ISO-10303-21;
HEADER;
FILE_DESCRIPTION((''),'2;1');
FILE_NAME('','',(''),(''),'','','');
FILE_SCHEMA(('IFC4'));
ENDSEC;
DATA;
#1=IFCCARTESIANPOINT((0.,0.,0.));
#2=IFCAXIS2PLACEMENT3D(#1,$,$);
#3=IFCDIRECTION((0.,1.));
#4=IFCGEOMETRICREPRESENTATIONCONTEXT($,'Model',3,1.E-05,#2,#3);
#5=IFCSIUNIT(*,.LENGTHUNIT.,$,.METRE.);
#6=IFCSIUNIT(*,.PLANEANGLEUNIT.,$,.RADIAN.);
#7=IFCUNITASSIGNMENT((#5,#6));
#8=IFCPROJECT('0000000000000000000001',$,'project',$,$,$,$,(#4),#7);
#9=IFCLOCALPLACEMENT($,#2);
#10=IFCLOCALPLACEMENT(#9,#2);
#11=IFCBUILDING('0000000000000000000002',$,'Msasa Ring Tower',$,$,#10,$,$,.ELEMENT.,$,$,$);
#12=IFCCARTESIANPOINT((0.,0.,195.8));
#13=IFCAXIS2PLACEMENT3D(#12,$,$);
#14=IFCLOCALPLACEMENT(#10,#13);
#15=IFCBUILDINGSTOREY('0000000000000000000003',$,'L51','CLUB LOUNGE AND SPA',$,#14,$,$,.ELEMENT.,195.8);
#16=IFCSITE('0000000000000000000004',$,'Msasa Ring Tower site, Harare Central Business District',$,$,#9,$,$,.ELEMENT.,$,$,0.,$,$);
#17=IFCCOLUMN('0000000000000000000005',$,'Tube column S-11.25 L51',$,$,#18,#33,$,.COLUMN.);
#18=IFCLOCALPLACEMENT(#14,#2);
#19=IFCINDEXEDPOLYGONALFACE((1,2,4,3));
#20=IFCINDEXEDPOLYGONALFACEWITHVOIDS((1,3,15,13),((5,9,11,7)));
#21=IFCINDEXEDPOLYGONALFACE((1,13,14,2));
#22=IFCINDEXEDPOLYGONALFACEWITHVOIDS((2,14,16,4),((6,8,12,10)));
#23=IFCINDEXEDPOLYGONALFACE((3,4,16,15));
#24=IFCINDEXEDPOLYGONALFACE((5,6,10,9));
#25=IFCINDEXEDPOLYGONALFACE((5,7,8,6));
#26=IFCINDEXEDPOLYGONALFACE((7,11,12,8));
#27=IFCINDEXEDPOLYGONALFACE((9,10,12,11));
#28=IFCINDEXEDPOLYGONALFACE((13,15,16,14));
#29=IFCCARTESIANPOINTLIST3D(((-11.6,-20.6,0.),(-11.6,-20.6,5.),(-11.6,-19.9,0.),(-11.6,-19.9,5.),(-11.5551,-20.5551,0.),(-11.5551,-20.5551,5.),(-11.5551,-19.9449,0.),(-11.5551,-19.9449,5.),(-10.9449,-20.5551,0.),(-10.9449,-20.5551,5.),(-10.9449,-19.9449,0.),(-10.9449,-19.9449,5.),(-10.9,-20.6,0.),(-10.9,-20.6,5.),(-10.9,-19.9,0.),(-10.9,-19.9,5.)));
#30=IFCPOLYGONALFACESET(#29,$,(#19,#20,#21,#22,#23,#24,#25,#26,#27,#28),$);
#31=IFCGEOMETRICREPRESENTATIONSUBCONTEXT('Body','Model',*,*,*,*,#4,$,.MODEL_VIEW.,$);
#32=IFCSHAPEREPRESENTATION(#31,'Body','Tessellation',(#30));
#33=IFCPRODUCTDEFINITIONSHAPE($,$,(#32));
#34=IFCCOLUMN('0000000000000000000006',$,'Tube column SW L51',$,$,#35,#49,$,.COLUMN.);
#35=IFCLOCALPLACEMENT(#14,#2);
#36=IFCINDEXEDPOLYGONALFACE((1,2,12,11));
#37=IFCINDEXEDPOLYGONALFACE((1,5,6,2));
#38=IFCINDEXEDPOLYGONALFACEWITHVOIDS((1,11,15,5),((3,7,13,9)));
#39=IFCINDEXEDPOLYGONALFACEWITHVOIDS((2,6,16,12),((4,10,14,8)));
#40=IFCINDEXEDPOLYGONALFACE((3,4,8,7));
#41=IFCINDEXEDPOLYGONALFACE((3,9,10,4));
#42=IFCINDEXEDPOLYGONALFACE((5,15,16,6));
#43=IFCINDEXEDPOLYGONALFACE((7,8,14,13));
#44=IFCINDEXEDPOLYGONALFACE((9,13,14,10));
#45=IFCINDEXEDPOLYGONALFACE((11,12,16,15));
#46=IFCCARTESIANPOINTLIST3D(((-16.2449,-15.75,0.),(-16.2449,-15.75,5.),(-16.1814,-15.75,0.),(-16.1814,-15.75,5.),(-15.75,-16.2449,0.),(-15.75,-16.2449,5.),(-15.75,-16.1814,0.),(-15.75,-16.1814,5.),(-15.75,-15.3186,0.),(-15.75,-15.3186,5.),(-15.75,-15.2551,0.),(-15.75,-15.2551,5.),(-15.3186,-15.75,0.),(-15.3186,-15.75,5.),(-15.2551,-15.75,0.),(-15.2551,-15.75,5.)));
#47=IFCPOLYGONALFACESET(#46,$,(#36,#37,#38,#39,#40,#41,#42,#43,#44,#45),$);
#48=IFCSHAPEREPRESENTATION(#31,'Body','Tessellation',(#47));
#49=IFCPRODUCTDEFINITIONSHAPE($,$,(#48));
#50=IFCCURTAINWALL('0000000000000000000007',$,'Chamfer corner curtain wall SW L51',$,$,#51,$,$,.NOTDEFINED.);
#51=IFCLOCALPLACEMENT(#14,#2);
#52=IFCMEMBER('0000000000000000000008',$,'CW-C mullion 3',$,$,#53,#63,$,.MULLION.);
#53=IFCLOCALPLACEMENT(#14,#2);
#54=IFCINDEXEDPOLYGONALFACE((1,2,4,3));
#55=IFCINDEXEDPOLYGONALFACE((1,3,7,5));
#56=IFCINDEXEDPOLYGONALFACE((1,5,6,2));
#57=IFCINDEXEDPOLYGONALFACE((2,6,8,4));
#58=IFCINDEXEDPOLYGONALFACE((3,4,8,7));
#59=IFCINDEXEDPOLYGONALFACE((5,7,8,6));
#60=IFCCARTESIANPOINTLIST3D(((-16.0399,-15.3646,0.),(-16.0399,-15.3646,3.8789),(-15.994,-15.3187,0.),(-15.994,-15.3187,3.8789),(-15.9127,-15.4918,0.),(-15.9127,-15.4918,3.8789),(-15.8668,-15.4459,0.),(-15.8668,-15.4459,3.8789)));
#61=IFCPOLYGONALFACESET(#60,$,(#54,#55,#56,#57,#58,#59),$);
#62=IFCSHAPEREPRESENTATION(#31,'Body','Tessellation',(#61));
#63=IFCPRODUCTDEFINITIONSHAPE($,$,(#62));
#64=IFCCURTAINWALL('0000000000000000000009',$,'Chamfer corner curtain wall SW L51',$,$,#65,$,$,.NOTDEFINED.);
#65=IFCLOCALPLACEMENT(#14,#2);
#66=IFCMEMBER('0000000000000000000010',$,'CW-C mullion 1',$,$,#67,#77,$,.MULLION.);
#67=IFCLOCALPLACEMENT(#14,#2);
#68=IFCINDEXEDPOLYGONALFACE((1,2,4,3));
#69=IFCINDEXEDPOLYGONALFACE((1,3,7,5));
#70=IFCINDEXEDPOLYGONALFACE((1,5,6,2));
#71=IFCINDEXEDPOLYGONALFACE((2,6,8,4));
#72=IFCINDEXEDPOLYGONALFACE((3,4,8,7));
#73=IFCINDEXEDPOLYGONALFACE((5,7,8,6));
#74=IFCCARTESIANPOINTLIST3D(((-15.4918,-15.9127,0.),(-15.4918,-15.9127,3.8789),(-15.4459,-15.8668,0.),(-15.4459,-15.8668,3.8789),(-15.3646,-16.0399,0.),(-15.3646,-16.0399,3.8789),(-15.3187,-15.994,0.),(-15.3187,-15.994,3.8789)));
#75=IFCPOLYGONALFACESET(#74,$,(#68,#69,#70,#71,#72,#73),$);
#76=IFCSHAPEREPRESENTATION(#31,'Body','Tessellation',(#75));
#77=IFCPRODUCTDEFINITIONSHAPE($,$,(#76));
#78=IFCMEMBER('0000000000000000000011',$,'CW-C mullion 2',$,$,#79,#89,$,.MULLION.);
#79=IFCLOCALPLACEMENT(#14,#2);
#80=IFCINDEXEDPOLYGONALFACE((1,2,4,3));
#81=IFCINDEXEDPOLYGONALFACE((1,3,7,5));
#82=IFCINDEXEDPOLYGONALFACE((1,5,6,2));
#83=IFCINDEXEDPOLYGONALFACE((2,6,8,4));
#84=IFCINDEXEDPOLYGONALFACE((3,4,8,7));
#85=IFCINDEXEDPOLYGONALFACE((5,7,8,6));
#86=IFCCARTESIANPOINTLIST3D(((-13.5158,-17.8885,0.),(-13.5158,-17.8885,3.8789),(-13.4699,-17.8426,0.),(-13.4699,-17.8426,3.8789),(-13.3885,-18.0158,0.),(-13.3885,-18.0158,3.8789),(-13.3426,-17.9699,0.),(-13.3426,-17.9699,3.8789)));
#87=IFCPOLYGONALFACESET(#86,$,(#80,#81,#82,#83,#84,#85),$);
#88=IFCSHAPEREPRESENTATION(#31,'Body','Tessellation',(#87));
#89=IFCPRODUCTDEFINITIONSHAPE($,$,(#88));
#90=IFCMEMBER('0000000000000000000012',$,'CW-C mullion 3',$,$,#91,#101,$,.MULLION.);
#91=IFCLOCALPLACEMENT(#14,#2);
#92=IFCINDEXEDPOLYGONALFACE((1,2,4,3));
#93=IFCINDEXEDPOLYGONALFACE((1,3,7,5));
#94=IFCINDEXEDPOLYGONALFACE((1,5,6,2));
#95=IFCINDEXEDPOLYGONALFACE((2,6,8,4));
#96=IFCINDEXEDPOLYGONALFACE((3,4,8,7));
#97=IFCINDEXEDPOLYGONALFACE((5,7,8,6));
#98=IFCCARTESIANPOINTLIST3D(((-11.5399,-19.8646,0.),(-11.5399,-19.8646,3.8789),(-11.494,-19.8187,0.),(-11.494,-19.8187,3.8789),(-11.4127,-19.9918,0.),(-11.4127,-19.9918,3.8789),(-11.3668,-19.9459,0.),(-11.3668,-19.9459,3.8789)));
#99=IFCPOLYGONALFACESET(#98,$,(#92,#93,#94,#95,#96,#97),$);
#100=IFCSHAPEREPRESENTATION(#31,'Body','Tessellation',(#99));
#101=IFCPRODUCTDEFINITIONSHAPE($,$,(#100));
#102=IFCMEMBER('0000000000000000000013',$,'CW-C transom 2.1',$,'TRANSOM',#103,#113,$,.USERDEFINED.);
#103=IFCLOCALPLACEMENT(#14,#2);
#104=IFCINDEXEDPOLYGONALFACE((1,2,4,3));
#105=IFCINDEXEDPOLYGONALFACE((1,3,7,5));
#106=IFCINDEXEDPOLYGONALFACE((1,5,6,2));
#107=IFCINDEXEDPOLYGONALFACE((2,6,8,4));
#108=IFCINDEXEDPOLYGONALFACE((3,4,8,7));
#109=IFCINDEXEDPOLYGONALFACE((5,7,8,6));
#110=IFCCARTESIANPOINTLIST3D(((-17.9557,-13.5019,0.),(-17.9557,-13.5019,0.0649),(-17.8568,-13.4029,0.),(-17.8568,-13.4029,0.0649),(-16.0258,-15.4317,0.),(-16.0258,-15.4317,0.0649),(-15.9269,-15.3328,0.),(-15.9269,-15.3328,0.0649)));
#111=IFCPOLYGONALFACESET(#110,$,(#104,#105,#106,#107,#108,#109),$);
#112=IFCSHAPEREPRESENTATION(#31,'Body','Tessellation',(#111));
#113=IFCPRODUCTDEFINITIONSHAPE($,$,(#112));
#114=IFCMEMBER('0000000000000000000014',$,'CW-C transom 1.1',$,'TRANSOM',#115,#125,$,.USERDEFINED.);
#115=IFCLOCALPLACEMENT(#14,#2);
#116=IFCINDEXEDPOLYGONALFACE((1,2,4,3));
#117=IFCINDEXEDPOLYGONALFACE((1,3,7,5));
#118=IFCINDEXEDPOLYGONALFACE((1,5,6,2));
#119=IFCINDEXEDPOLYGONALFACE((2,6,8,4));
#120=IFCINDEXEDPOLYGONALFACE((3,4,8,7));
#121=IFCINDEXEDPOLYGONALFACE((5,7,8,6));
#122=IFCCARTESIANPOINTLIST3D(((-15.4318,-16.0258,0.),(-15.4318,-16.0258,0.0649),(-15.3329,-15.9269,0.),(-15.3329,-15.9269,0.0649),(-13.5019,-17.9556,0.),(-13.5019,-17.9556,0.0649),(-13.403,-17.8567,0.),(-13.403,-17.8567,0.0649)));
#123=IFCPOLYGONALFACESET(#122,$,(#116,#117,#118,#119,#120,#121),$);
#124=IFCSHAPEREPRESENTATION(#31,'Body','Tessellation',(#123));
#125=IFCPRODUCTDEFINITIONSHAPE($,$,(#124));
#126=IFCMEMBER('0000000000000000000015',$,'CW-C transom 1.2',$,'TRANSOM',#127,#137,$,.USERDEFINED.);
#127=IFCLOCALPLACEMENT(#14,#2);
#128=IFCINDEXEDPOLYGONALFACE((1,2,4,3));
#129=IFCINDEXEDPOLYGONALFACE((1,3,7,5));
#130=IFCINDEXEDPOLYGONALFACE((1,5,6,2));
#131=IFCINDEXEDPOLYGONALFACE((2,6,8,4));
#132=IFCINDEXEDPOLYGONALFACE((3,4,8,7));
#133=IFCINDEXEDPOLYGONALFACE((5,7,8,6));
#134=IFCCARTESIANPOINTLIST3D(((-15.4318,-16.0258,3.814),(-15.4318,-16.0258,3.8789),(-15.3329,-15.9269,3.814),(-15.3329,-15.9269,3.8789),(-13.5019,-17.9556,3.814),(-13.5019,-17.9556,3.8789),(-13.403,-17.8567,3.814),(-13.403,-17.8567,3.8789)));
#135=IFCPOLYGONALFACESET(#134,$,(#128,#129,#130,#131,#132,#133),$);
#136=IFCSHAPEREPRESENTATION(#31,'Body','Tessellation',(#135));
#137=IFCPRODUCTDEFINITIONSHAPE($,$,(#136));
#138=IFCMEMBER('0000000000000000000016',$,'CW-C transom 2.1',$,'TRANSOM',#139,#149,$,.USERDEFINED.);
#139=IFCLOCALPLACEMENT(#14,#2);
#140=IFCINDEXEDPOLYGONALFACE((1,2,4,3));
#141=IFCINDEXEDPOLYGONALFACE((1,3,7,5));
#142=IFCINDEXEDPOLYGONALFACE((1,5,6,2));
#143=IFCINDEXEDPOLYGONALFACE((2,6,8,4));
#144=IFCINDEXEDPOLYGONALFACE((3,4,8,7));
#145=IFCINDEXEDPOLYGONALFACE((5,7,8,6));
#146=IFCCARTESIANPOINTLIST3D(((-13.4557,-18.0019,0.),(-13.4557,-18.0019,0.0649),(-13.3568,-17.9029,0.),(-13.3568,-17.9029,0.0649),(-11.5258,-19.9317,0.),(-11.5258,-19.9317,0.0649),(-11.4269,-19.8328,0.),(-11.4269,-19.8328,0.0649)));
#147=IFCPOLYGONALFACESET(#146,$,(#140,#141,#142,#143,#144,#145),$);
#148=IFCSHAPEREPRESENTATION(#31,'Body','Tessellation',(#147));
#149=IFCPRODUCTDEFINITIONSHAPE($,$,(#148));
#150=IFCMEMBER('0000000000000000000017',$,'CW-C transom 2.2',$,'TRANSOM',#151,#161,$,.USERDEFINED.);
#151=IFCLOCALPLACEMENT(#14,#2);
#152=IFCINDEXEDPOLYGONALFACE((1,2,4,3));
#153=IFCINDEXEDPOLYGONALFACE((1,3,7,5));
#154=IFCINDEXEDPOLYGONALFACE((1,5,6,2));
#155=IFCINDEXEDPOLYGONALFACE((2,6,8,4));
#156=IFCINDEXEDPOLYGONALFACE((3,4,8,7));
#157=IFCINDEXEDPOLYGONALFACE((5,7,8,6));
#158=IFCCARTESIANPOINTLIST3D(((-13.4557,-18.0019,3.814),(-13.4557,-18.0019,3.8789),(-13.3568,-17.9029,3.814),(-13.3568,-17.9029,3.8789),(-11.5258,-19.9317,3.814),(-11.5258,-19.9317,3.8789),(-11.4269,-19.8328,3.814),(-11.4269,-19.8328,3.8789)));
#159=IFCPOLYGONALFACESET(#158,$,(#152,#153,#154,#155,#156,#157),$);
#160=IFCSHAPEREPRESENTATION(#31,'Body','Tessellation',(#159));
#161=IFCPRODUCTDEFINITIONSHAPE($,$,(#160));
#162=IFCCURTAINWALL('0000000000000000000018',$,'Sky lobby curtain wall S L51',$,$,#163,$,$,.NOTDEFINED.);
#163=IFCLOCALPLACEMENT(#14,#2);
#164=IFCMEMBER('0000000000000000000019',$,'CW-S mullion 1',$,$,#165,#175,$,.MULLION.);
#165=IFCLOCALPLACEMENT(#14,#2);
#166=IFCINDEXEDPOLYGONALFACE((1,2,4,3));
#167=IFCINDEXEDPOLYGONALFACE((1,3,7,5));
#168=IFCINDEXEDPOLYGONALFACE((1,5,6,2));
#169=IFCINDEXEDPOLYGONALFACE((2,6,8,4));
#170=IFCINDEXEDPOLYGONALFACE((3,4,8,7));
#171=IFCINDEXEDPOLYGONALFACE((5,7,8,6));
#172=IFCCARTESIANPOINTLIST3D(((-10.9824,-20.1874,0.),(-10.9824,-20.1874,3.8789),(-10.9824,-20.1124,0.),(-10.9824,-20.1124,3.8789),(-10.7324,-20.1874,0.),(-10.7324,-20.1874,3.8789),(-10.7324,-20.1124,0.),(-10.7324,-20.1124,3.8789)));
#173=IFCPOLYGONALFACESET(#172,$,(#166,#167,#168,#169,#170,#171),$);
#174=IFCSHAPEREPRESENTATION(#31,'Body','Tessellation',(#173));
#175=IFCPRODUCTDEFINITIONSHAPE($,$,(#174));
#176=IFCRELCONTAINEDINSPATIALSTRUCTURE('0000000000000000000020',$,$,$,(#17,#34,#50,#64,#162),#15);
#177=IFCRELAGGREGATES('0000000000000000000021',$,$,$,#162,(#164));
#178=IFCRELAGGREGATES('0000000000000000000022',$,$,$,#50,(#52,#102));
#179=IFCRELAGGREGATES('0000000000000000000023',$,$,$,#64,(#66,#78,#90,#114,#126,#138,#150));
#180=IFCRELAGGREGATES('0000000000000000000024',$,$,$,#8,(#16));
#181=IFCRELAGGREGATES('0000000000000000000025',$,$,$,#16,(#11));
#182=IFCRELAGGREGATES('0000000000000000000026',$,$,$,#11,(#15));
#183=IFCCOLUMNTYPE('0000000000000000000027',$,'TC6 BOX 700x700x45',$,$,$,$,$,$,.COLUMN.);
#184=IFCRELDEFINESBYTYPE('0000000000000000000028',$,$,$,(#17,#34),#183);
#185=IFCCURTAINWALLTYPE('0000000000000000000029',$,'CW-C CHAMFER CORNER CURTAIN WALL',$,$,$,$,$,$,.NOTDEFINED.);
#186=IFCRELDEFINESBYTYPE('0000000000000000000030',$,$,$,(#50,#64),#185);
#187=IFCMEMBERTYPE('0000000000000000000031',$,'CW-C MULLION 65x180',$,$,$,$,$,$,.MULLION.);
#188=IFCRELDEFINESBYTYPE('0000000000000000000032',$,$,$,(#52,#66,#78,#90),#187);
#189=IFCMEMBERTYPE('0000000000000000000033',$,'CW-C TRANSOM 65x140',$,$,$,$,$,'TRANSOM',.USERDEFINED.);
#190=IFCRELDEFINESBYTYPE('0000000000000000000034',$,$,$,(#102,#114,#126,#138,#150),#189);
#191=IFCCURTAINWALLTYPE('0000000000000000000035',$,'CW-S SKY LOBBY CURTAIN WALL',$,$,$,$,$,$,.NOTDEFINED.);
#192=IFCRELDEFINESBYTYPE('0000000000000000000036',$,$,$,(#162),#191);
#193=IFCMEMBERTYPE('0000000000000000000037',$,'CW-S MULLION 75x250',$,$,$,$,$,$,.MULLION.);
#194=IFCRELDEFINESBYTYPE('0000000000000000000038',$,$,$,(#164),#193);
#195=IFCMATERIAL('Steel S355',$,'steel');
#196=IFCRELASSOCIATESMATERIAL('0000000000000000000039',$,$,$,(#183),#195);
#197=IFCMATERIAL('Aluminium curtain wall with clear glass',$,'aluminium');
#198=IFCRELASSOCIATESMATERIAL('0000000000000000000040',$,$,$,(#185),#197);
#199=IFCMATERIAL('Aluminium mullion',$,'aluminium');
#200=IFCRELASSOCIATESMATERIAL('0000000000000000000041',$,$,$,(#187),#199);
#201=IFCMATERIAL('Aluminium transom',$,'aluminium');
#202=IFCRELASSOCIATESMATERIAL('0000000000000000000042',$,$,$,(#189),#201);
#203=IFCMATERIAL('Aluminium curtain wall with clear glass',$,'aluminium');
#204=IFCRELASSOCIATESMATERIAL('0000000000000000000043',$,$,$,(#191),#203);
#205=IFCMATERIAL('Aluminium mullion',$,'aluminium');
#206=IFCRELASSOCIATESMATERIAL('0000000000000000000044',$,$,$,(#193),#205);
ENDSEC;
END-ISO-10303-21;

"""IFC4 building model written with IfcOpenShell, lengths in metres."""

from ifc_helpers import new_model, si_unit, direction, frame, origin, origin_2d, place, context, subcontext, project, spatial, rectangle, hollow_rectangle, extrude, material, material_profile, profile_set, type_object, element, aggregate, save


model = new_model("IFC4")

# Units and contexts
model_context = context("Model", 3, precision=1e-05, world=origin(), true_north=direction((0.0, 1.0)))
body_context = subcontext(model_context, "Body", "Model", "MODEL_VIEW")
ifc_project = project(units=[si_unit("LENGTHUNIT", "METRE"), si_unit("PLANEANGLEUNIT", "RADIAN")], contexts=[model_context])

# Site, building, storey
site_placement = place(None, origin())
site = spatial("IfcSite", under=ifc_project, at=site_placement, Name="Msasa Ring Tower site, Harare Central Business District", CompositionType="ELEMENT", RefElevation=0.0)
building_placement = place(site_placement, origin())
building = spatial("IfcBuilding", under=site, at=building_placement, Name="Msasa Ring Tower", CompositionType="ELEMENT")
storey_placement = place(building_placement, frame((0.0, 0.0, 195.8)))
storey = spatial("IfcBuildingStorey", under=building, at=storey_placement, Name="L51", Description="CLUB LOUNGE AND SPA", CompositionType="ELEMENT", Elevation=195.8)

# Columns
ifc_material_1 = material(Name="Steel S355", Category="steel")
ifc_material_profile_1 = material_profile(ifc_material_1, hollow_rectangle(XDim=0.7, YDim=0.7, WallThickness=0.0449, at=origin_2d()), Name="BOX 700x700x45")
ifc_profile_set_1 = profile_set([ifc_material_profile_1], Name="Steel S355")
column_type = type_object("IfcColumnType", Name="TC6 BOX 700x700x45", PredefinedType="COLUMN", material=ifc_profile_set_1)
for number, where, z_axis, x_axis, name in (
    (1, (-11.25, -20.25, 0.0), (0.0, 0.0, 1.0), (0.0, 1.0, 0.0), "Tube column S-11.25 L51"),
    (2, (-15.75, -15.75, 0.0), (0.0, 0.0, 1.0), (0.707107, 0.707107, 0.0), "Tube column SW L51"),
):
    element("IfcColumn", number, at=place(storey_placement, frame(where, z_axis=z_axis, x_axis=x_axis)), inside=storey, type_object=column_type, Name=name, PredefinedType="COLUMN", context=body_context, shape_type="SweptSolid", body=[
        extrude(hollow_rectangle(XDim=0.7, YDim=0.7, WallThickness=0.0449, at=origin_2d()), origin(), (0.0, 0.0, 1.0), 5.0),
    ])

# Curtain wall, member
ifc_material_2 = material(Name="Aluminium curtain wall with clear glass", Category="aluminium")
curtain_wall_type_1 = type_object("IfcCurtainWallType", Name="CW-C CHAMFER CORNER CURTAIN WALL", PredefinedType="NOTDEFINED", material=ifc_material_2)
curtain_wall_1_placement = place(storey_placement, origin())
curtain_wall_1 = element("IfcCurtainWall", 3, at=curtain_wall_1_placement, inside=storey, type_object=curtain_wall_type_1, Name="Chamfer corner curtain wall SW L51", PredefinedType="NOTDEFINED")
ifc_material_3 = material(Name="Aluminium mullion", Category="aluminium")
ifc_material_profile_2 = material_profile(ifc_material_3, rectangle(XDim=0.0649, YDim=0.1799, at=origin_2d()), Name="AL 65x180")
ifc_profile_set_2 = profile_set([ifc_material_profile_2], Name="Aluminium mullion")
member_type_1 = type_object("IfcMemberType", Name="CW-C MULLION 65x180", PredefinedType="MULLION", material=ifc_profile_set_2)
member_1_placement = place(storey_placement, frame((-15.9534, -15.4053, 0.0), z_axis=(0.0, 0.0, 1.0), x_axis=(0.707107, 0.707107, 0.0)))
member_1 = element("IfcMember", 4, at=member_1_placement, type_object=member_type_1, Name="CW-C mullion 3", PredefinedType="MULLION", context=body_context, shape_type="SweptSolid", body=[
    extrude(rectangle(XDim=0.0649, YDim=0.1799, at=origin_2d()), origin(), (0.0, 0.0, 1.0), 3.8789),
])

# Curtain wall, members
curtain_wall_2_placement = place(storey_placement, origin())
curtain_wall_2 = element("IfcCurtainWall", 5, at=curtain_wall_2_placement, inside=storey, type_object=curtain_wall_type_1, Name="Chamfer corner curtain wall SW L51", PredefinedType="NOTDEFINED")
member_2_placement = place(storey_placement, frame((-15.4053, -15.9534, 0.0), z_axis=(0.0, 0.0, 1.0), x_axis=(0.707107, 0.707107, 0.0)))
member_2 = element("IfcMember", 6, at=member_2_placement, type_object=member_type_1, Name="CW-C mullion 1", PredefinedType="MULLION", context=body_context, shape_type="SweptSolid", body=[
    extrude(rectangle(XDim=0.0649, YDim=0.1799, at=origin_2d()), origin(), (0.0, 0.0, 1.0), 3.8789),
])
member_3_placement = place(storey_placement, frame((-13.4292, -17.9292, 0.0), z_axis=(0.0, 0.0, 1.0), x_axis=(0.707107, 0.707107, 0.0)))
member_3 = element("IfcMember", 7, at=member_3_placement, type_object=member_type_1, Name="CW-C mullion 2", PredefinedType="MULLION", context=body_context, shape_type="SweptSolid", body=[
    extrude(rectangle(XDim=0.0649, YDim=0.1799, at=origin_2d()), origin(), (0.0, 0.0, 1.0), 3.8789),
])
member_4_placement = place(storey_placement, frame((-11.4534, -19.9053, 0.0), z_axis=(0.0, 0.0, 1.0), x_axis=(0.707107, 0.707107, 0.0)))
member_4 = element("IfcMember", 8, at=member_4_placement, type_object=member_type_1, Name="CW-C mullion 3", PredefinedType="MULLION", context=body_context, shape_type="SweptSolid", body=[
    extrude(rectangle(XDim=0.0649, YDim=0.1799, at=origin_2d()), origin(), (0.0, 0.0, 1.0), 3.8789),
])

# Members
ifc_material_4 = material(Name="Aluminium transom", Category="aluminium")
ifc_material_profile_3 = material_profile(ifc_material_4, rectangle(XDim=0.1399, YDim=0.0649, at=origin_2d()), Name="AL 65x140")
ifc_profile_set_3 = profile_set([ifc_material_profile_3], Name="Aluminium transom")
member_type_2 = type_object("IfcMemberType", Name="CW-C TRANSOM 65x140", ElementType="TRANSOM", PredefinedType="USERDEFINED", material=ifc_profile_set_3)
member_5_placement = place(storey_placement, frame((-17.9062, -13.4524, 0.0325), z_axis=(0.707107, -0.707107, 0.0), x_axis=(0.707107, 0.707107, 0.0)))
member_5 = element("IfcMember", 9, at=member_5_placement, type_object=member_type_2, Name="CW-C transom 2.1", ObjectType="TRANSOM", PredefinedType="USERDEFINED", context=body_context, shape_type="SweptSolid", body=[
    extrude(rectangle(XDim=0.1399, YDim=0.0649, at=origin_2d()), origin(), (0.0, 0.0, 1.0), 2.7292),
])
member_6_placement = place(storey_placement, frame((-15.3823, -15.9763, 0.0325), z_axis=(0.707107, -0.707107, 0.0), x_axis=(0.707107, 0.707107, 0.0)))
member_6 = element("IfcMember", 10, at=member_6_placement, type_object=member_type_2, Name="CW-C transom 1.1", ObjectType="TRANSOM", PredefinedType="USERDEFINED", context=body_context, shape_type="SweptSolid", body=[
    extrude(rectangle(XDim=0.1399, YDim=0.0649, at=origin_2d()), origin(), (0.0, 0.0, 1.0), 2.7292),
])
member_7_placement = place(storey_placement, frame((-15.3823, -15.9763, 3.8464), z_axis=(0.707107, -0.707107, 0.0), x_axis=(0.707107, 0.707107, 0.0)))
member_7 = element("IfcMember", 11, at=member_7_placement, type_object=member_type_2, Name="CW-C transom 1.2", ObjectType="TRANSOM", PredefinedType="USERDEFINED", context=body_context, shape_type="SweptSolid", body=[
    extrude(rectangle(XDim=0.1399, YDim=0.0649, at=origin_2d()), origin(), (0.0, 0.0, 1.0), 2.7292),
])
member_8_placement = place(storey_placement, frame((-13.4062, -17.9524, 0.0325), z_axis=(0.707107, -0.707107, 0.0), x_axis=(0.707107, 0.707107, 0.0)))
member_8 = element("IfcMember", 12, at=member_8_placement, type_object=member_type_2, Name="CW-C transom 2.1", ObjectType="TRANSOM", PredefinedType="USERDEFINED", context=body_context, shape_type="SweptSolid", body=[
    extrude(rectangle(XDim=0.1399, YDim=0.0649, at=origin_2d()), origin(), (0.0, 0.0, 1.0), 2.7292),
])
member_9_placement = place(storey_placement, frame((-13.4062, -17.9524, 3.8464), z_axis=(0.707107, -0.707107, 0.0), x_axis=(0.707107, 0.707107, 0.0)))
member_9 = element("IfcMember", 13, at=member_9_placement, type_object=member_type_2, Name="CW-C transom 2.2", ObjectType="TRANSOM", PredefinedType="USERDEFINED", context=body_context, shape_type="SweptSolid", body=[
    extrude(rectangle(XDim=0.1399, YDim=0.0649, at=origin_2d()), origin(), (0.0, 0.0, 1.0), 2.7292),
])

# Curtain wall, member
ifc_material_5 = material(Name="Aluminium curtain wall with clear glass", Category="aluminium")
curtain_wall_type_2 = type_object("IfcCurtainWallType", Name="CW-S SKY LOBBY CURTAIN WALL", PredefinedType="NOTDEFINED", material=ifc_material_5)
curtain_wall_3_placement = place(storey_placement, origin())
curtain_wall_3 = element("IfcCurtainWall", 14, at=curtain_wall_3_placement, inside=storey, type_object=curtain_wall_type_2, Name="Sky lobby curtain wall S L51", PredefinedType="NOTDEFINED")
ifc_material_6 = material(Name="Aluminium mullion", Category="aluminium")
ifc_material_profile_4 = material_profile(ifc_material_6, rectangle(XDim=0.075, YDim=0.25, at=origin_2d()), Name="AL 75x250")
ifc_profile_set_4 = profile_set([ifc_material_profile_4], Name="Aluminium mullion")
member_type_3 = type_object("IfcMemberType", Name="CW-S MULLION 75x250", PredefinedType="MULLION", material=ifc_profile_set_4)
member_10_placement = place(storey_placement, frame((-10.8574, -20.1499, 0.0), z_axis=(0.0, 0.0, 1.0), x_axis=(0.0, 1.0, 0.0)))
member_10 = element("IfcMember", 15, at=member_10_placement, type_object=member_type_3, Name="CW-S mullion 1", PredefinedType="MULLION", context=body_context, shape_type="SweptSolid", body=[
    extrude(rectangle(XDim=0.075, YDim=0.25, at=origin_2d()), origin(), (0.0, 0.0, 1.0), 3.8789),
])
aggregate(curtain_wall_3, [member_10])

aggregate(curtain_wall_1, [member_1, member_5])
aggregate(curtain_wall_2, [member_2, member_3, member_4, member_6, member_7, member_8, member_9])

save(model, "model.ifc")
